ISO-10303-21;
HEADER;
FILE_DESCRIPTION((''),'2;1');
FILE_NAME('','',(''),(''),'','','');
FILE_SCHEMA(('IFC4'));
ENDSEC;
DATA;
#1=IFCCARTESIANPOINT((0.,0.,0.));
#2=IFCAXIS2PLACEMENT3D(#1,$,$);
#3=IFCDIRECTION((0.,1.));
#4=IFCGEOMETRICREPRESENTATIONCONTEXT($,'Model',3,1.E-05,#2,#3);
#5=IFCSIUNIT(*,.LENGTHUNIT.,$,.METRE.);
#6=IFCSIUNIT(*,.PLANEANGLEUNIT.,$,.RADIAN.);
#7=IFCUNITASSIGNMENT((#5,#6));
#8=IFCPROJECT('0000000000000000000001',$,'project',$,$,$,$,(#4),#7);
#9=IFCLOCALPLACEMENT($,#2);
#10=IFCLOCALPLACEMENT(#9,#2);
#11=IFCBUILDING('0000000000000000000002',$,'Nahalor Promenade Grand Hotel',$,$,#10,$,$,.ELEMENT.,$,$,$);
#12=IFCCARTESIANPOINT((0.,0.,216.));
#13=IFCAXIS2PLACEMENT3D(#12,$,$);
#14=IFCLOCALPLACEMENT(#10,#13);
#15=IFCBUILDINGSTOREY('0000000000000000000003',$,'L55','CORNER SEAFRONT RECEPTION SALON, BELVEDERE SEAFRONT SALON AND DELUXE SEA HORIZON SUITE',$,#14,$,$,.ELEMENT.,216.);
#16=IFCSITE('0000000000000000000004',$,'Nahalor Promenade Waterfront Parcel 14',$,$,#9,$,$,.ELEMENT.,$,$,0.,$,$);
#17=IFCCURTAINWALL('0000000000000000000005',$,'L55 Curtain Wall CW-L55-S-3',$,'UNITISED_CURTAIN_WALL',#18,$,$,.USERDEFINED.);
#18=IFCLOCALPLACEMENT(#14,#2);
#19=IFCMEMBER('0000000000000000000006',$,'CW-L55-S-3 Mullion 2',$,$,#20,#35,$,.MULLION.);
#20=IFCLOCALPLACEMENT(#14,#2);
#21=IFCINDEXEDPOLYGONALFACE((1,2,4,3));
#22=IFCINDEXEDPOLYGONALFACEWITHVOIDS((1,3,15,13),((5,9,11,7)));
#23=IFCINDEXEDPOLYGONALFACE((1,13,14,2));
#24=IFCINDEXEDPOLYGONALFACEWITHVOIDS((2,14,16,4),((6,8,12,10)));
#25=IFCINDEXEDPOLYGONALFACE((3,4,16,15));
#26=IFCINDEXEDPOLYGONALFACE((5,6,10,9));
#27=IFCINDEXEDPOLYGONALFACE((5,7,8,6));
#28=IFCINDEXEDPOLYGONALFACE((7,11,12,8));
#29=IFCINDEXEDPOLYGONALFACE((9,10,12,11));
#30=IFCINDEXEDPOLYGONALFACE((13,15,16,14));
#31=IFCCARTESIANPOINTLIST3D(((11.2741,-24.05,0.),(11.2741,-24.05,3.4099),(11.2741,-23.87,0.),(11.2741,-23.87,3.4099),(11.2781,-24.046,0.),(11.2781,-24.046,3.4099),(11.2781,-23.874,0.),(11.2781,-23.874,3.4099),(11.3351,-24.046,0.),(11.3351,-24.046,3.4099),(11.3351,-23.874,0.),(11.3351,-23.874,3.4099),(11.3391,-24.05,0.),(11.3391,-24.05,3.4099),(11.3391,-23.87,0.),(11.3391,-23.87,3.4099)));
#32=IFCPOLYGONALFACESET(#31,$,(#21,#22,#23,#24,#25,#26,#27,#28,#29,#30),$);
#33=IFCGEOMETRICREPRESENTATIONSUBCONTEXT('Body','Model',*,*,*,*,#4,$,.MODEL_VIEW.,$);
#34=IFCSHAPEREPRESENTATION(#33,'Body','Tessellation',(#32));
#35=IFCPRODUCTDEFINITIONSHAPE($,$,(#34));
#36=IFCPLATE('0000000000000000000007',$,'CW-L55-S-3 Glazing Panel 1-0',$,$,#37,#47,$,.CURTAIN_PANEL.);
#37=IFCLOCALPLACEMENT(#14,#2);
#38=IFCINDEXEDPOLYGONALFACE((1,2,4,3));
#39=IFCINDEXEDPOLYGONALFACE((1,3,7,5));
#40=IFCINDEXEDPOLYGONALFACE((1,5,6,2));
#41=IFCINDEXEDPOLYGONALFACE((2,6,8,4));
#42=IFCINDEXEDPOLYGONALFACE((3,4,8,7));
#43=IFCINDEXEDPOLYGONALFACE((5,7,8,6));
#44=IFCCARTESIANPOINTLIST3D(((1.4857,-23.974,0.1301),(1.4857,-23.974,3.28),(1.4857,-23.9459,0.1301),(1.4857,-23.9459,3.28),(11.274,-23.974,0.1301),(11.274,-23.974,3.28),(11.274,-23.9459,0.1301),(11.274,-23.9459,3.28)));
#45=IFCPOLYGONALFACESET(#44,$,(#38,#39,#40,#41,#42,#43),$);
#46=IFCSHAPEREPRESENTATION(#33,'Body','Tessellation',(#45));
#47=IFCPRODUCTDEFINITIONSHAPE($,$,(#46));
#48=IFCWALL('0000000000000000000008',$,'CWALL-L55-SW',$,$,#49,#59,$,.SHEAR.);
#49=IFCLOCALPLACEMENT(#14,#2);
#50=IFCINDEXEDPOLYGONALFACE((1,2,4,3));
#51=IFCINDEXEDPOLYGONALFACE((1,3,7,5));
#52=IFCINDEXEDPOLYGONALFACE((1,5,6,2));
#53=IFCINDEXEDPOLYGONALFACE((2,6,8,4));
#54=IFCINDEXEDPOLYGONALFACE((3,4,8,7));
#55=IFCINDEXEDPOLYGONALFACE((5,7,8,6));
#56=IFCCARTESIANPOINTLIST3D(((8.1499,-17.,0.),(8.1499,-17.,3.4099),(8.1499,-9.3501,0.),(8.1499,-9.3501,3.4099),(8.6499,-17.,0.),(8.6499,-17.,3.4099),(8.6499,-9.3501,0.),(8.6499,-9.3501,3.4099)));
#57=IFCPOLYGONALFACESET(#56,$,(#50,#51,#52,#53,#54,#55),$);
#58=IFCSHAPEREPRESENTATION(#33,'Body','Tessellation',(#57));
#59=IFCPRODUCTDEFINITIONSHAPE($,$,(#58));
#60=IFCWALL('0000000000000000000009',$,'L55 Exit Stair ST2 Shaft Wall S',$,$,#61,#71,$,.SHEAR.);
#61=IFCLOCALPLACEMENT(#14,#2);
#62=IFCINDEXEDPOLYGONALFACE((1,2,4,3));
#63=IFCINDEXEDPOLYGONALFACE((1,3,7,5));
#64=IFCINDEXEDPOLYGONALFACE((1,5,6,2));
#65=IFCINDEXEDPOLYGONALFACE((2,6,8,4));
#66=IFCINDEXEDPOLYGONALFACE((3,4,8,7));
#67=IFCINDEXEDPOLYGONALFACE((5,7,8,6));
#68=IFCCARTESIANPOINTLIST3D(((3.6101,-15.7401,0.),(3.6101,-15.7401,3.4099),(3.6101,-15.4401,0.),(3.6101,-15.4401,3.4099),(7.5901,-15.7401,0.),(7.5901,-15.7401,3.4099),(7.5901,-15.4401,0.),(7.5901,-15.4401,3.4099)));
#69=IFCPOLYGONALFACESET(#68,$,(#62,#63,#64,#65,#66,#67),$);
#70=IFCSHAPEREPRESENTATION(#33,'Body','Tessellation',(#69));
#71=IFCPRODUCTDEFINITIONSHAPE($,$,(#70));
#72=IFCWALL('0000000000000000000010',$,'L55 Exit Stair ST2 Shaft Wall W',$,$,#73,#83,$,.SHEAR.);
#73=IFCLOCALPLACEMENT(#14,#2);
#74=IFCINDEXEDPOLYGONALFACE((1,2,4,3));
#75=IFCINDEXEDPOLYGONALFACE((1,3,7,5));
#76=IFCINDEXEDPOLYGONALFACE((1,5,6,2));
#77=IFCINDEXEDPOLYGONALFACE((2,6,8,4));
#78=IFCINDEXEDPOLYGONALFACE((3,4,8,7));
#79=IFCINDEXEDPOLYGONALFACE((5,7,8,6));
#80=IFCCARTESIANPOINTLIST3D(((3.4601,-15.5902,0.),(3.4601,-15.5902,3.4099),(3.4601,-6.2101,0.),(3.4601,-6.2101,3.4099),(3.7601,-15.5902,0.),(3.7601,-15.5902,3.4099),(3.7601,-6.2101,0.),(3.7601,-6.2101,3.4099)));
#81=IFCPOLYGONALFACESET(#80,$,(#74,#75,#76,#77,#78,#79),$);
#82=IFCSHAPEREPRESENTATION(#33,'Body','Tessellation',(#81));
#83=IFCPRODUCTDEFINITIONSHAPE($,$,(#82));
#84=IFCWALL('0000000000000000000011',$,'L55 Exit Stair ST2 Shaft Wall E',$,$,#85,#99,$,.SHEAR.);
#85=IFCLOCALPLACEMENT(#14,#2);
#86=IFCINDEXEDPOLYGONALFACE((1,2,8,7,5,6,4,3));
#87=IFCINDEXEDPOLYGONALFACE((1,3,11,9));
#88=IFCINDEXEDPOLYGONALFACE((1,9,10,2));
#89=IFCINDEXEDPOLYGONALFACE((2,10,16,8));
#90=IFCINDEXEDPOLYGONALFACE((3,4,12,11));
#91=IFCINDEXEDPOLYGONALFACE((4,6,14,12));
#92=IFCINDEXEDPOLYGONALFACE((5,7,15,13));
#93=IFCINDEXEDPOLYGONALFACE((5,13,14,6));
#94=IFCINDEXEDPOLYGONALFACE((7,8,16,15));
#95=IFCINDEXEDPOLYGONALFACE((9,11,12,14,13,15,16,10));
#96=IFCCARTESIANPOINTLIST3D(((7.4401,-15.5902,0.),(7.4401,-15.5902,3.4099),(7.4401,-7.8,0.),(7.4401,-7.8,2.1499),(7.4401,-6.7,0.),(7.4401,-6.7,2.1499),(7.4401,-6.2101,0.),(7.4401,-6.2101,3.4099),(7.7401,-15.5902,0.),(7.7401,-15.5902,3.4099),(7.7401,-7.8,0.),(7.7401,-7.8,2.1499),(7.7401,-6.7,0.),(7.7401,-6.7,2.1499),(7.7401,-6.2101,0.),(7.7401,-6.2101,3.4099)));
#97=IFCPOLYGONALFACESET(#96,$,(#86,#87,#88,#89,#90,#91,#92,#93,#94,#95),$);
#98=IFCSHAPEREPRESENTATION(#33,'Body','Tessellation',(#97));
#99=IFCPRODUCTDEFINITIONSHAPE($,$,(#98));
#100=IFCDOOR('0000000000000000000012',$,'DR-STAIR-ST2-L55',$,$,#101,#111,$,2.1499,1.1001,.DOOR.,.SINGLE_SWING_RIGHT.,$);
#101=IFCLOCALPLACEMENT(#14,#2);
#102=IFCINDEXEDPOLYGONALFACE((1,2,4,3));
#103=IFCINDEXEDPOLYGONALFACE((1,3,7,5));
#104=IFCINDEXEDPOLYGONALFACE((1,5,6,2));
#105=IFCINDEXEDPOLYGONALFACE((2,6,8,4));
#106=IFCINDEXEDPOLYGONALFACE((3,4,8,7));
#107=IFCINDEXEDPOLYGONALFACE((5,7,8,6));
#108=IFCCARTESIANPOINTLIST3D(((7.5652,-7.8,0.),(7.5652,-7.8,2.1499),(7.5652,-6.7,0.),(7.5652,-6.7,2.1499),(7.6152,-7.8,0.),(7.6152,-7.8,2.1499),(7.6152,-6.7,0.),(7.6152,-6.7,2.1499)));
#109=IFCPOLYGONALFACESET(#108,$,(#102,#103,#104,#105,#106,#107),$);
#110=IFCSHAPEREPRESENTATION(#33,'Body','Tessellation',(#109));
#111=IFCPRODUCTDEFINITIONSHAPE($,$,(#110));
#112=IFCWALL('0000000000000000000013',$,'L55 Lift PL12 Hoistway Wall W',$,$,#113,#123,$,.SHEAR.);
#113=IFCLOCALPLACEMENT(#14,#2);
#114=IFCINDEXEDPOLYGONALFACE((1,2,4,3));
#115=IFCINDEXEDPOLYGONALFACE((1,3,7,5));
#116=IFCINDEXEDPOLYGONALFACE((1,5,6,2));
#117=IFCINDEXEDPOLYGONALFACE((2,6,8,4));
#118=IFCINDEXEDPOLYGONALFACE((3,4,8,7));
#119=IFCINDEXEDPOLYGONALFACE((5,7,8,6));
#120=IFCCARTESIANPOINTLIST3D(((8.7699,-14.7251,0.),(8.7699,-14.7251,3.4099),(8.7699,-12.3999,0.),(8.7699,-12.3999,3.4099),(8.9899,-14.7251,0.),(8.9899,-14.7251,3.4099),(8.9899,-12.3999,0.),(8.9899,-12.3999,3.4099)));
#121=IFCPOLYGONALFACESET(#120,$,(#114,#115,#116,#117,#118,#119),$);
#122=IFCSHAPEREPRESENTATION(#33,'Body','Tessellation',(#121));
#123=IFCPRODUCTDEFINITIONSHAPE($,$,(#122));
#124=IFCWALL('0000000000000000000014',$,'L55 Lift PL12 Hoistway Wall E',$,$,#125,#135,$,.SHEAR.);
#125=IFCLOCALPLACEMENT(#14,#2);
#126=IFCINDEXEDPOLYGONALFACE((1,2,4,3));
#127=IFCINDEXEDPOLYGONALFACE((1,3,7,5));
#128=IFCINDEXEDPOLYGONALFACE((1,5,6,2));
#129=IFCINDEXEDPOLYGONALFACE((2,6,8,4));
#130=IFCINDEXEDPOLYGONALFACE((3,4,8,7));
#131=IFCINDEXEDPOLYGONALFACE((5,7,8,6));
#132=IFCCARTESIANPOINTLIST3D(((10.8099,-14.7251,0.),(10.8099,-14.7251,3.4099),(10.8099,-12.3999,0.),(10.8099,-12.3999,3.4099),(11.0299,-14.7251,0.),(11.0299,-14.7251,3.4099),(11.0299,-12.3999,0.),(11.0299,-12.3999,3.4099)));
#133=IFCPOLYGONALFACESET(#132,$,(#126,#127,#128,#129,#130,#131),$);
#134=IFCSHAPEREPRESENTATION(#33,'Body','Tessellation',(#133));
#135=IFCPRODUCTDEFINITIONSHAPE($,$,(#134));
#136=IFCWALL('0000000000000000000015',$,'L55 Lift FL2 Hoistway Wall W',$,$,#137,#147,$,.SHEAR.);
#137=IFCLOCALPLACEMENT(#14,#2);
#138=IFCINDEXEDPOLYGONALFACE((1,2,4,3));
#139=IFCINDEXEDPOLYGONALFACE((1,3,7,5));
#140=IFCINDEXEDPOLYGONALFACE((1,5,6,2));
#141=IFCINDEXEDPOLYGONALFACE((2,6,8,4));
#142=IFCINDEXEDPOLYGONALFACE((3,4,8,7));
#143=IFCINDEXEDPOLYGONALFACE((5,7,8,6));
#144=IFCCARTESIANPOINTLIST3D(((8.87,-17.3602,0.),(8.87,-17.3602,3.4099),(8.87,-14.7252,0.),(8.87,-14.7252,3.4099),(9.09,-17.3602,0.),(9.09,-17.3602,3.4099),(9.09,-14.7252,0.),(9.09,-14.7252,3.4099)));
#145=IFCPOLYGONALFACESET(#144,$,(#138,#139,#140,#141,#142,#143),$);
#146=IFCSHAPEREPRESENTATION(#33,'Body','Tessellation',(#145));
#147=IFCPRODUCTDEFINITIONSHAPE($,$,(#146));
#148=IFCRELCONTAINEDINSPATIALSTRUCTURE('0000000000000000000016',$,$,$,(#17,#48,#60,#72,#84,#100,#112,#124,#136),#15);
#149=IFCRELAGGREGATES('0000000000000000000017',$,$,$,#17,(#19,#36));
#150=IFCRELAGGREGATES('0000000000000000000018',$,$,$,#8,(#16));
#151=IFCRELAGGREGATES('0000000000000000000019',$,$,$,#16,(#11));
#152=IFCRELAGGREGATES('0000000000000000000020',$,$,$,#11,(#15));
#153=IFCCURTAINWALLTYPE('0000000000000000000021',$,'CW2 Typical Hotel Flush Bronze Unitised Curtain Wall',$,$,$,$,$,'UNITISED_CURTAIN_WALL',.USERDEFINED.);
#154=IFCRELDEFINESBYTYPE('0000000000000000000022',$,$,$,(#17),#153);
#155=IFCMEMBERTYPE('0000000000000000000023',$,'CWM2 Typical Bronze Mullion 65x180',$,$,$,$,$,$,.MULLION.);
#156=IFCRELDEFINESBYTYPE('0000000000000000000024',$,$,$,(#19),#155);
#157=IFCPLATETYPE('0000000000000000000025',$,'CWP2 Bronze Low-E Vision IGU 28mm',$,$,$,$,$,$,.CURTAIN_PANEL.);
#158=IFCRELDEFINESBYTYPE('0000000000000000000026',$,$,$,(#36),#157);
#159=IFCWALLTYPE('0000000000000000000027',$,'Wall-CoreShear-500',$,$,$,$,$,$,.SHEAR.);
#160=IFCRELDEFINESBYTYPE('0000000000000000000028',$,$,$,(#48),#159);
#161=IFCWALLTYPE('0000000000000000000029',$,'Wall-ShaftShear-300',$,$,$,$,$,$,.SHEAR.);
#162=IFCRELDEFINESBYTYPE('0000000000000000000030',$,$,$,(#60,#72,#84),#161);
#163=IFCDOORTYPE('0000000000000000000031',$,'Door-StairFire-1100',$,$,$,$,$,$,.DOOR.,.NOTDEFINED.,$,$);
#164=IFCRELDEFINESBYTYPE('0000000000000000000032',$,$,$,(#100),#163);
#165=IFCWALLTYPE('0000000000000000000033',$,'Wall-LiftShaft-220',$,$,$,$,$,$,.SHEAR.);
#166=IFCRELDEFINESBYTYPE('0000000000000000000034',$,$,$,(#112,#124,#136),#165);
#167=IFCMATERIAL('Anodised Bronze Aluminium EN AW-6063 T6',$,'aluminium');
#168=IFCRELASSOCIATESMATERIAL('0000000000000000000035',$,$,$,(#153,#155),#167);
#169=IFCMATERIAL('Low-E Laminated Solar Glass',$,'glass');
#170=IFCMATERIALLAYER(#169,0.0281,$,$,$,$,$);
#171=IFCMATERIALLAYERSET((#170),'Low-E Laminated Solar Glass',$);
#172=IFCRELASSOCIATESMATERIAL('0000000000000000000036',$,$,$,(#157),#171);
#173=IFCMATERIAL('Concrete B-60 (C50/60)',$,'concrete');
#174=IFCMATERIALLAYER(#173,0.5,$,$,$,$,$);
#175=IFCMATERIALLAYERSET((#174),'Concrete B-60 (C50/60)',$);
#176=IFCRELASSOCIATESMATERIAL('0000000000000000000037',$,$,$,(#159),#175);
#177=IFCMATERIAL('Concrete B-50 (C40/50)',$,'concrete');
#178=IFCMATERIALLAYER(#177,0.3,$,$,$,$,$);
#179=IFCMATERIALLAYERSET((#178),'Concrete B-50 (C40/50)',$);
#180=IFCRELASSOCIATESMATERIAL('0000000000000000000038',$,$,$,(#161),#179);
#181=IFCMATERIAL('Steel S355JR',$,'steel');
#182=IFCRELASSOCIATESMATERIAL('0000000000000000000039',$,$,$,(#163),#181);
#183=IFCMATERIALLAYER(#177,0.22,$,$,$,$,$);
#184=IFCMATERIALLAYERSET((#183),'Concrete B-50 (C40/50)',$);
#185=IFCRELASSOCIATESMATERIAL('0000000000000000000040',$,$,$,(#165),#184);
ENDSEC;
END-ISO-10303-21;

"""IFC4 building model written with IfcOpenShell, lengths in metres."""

from ifc_helpers import new_model, si_unit, direction, frame, frame_2d, origin, origin_2d, place, context, subcontext, project, spatial, rectangle, hollow_rectangle, extrude, source, transform, mapped, material, layer, layer_set, material_profile, profile_set, type_object, element, fill, aggregate, save


model = new_model("IFC4")

# Units and contexts
model_context = context("Model", 3, precision=1e-05, world=origin(), true_north=direction((0.0, 1.0)))
body_context = subcontext(model_context, "Body", "Model", "MODEL_VIEW")
ifc_project = project(units=[si_unit("LENGTHUNIT", "METRE"), si_unit("PLANEANGLEUNIT", "RADIAN")], contexts=[model_context])

# Site, building, storey
site_placement = place(None, origin())
site = spatial("IfcSite", under=ifc_project, at=site_placement, Name="Nahalor Promenade Waterfront Parcel 14", CompositionType="ELEMENT", RefElevation=0.0)
building_placement = place(site_placement, origin())
building = spatial("IfcBuilding", under=site, at=building_placement, Name="Nahalor Promenade Grand Hotel", CompositionType="ELEMENT")
storey_placement = place(building_placement, frame((0.0, 0.0, 216.0)))
storey = spatial("IfcBuildingStorey", under=building, at=storey_placement, Name="L55", Description="CORNER SEAFRONT RECEPTION SALON, BELVEDERE SEAFRONT SALON AND DELUXE SEA HORIZON SUITE", CompositionType="ELEMENT", Elevation=216.0)

# Shared definitions
ifc_material_1 = material(Name="Concrete B-60 (C50/60)", Category="concrete")
ifc_material_2 = material(Name="Steel S355JR", Category="steel")

# Curtain wall, member, plate
ifc_material_3 = material(Name="Anodised Bronze Aluminium EN AW-6063 T6", Category="aluminium")
curtain_wall_type = type_object("IfcCurtainWallType", Name="CW2 Typical Hotel Flush Bronze Unitised Curtain Wall", ElementType="UNITISED_CURTAIN_WALL", PredefinedType="USERDEFINED", material=ifc_material_3)
curtain_wall_placement = place(storey_placement, origin())
curtain_wall = element("IfcCurtainWall", 1, at=curtain_wall_placement, inside=storey, type_object=curtain_wall_type, Name="L55 Curtain Wall CW-L55-S-3", ObjectType="UNITISED_CURTAIN_WALL", PredefinedType="USERDEFINED")
ifc_material_profile_1 = material_profile(ifc_material_3, hollow_rectangle(XDim=0.065, YDim=0.18, WallThickness=0.004, at=origin_2d()), Name="CWM 65x180x4")
ifc_profile_set_1 = profile_set([ifc_material_profile_1], Name="Anodised Bronze Aluminium EN AW-6063 T6")
member_type_1 = type_object("IfcMemberType", Name="CWM2 Typical Bronze Mullion 65x180", PredefinedType="MULLION", material=ifc_profile_set_1)
shared_shape_1 = source(origin(), body_context, "Body", "SweptSolid", [
    extrude(hollow_rectangle(XDim=0.065, YDim=0.18, WallThickness=0.004, at=origin_2d()), origin(), (0.0, 0.0, 1.0), 3.4099),
])
member_1_placement = place(storey_placement, frame((11.3066, -23.96, 0.0), z_axis=(0.0, 0.0, 1.0), x_axis=(1.0, 0.0, 0.0)))
member_1 = element("IfcMember", 2, at=member_1_placement, type_object=member_type_1, Name="CW-L55-S-3 Mullion 2", PredefinedType="MULLION", context=body_context, shape_type="MappedRepresentation", body=[
    mapped(shared_shape_1, transform((0.0, 0.0, 0.0), scale=1.0)),
])
ifc_material_4 = material(Name="Low-E Laminated Solar Glass", Category="glass")
ifc_layer_1 = layer(ifc_material_4, 0.0281)
ifc_layer_set_1 = layer_set([ifc_layer_1], Name="Low-E Laminated Solar Glass")
plate_type = type_object("IfcPlateType", Name="CWP2 Bronze Low-E Vision IGU 28mm", PredefinedType="CURTAIN_PANEL", material=ifc_layer_set_1)
shared_shape_2 = source(origin(), body_context, "Body", "SweptSolid", [
    extrude(rectangle(XDim=9.7883, YDim=0.0281, at=origin_2d()), origin(), (0.0, 0.0, 1.0), 3.1499),
])
plate_placement = place(storey_placement, frame((6.3799, -23.96, 0.1301), z_axis=(0.0, 0.0, 1.0), x_axis=(1.0, 0.0, 0.0)))
plate = element("IfcPlate", 3, at=plate_placement, type_object=plate_type, Name="CW-L55-S-3 Glazing Panel 1-0", PredefinedType="CURTAIN_PANEL", context=body_context, shape_type="MappedRepresentation", body=[
    mapped(shared_shape_2, transform((0.0, 0.0, 0.0), scale=1.0)),
])
aggregate(curtain_wall, [member_1, plate])

# Walls
ifc_layer_2 = layer(ifc_material_1, 0.5)
ifc_layer_set_2 = layer_set([ifc_layer_2], Name="Concrete B-60 (C50/60)")
wall_type_1 = type_object("IfcWallType", Name="Wall-CoreShear-500", PredefinedType="SHEAR", material=ifc_layer_set_2)
shared_shape_3 = source(origin(), body_context, "Body", "SweptSolid", [
    extrude(rectangle(XDim=7.6499, YDim=0.5, at=frame_2d((3.825, 0.0))), origin(), (0.0, 0.0, 1.0), 3.4099),
])
wall_1_placement = place(storey_placement, frame((8.3999, -17.0, 0.0), z_axis=(0.0, 0.0, 1.0), x_axis=(0.0, 1.0, 0.0)))
element("IfcWall", 4, at=wall_1_placement, inside=storey, type_object=wall_type_1, Name="CWALL-L55-SW", PredefinedType="SHEAR", context=body_context, shape_type="MappedRepresentation", body=[
    mapped(shared_shape_3, transform((0.0, 0.0, 0.0), scale=1.0)),
])
ifc_material_5 = material(Name="Concrete B-50 (C40/50)", Category="concrete")
ifc_layer_3 = layer(ifc_material_5, 0.3)
ifc_layer_set_3 = layer_set([ifc_layer_3], Name="Concrete B-50 (C40/50)")
wall_type_2 = type_object("IfcWallType", Name="Wall-ShaftShear-300", PredefinedType="SHEAR", material=ifc_layer_set_3)
shared_shape_4 = source(origin(), body_context, "Body", "SweptSolid", [
    extrude(rectangle(XDim=3.98, YDim=0.3, at=frame_2d((1.99, 0.0))), origin(), (0.0, 0.0, 1.0), 3.4099),
])
wall_2_placement = place(storey_placement, frame((3.6101, -15.5901, 0.0), z_axis=(0.0, 0.0, 1.0), x_axis=(1.0, 0.0, 0.0)))
element("IfcWall", 5, at=wall_2_placement, inside=storey, type_object=wall_type_2, Name="L55 Exit Stair ST2 Shaft Wall S", PredefinedType="SHEAR", context=body_context, shape_type="MappedRepresentation", body=[
    mapped(shared_shape_4, transform((0.0, 0.0, 0.0), scale=1.0)),
])
shared_shape_5 = source(origin(), body_context, "Body", "SweptSolid", [
    extrude(rectangle(XDim=9.3801, YDim=0.3, at=frame_2d((4.6899, 0.0))), origin(), (0.0, 0.0, 1.0), 3.4099),
])
wall_3_placement = place(storey_placement, frame((3.6101, -15.5901, 0.0), z_axis=(0.0, 0.0, 1.0), x_axis=(0.0, 1.0, 0.0)))
element("IfcWall", 6, at=wall_3_placement, inside=storey, type_object=wall_type_2, Name="L55 Exit Stair ST2 Shaft Wall W", PredefinedType="SHEAR", context=body_context, shape_type="MappedRepresentation", body=[
    mapped(shared_shape_5, transform((0.0, 0.0, 0.0), scale=1.0)),
])

# Wall, opening, door
wall_4_placement = place(storey_placement, frame((7.5901, -15.5901, 0.0), z_axis=(0.0, 0.0, 1.0), x_axis=(0.0, 1.0, 0.0)))
wall_4 = element("IfcWall", 7, at=wall_4_placement, inside=storey, type_object=wall_type_2, Name="L55 Exit Stair ST2 Shaft Wall E", PredefinedType="SHEAR", context=body_context, shape_type="MappedRepresentation", body=[
    mapped(shared_shape_5, transform((0.0, 0.0, 0.0), scale=1.0)),
])
opening_1_placement = place(wall_4_placement, frame((7.79, 0.0, 0.0)))
opening_1 = element("IfcOpeningElement", 8, at=opening_1_placement, cuts=wall_4, PredefinedType="OPENING", context=body_context, shape_type="SweptSolid", body=[
    extrude(rectangle(XDim=1.1001, YDim=2.1499, at=frame_2d((0.55, 1.075))), frame((0.0, 0.1599, 0.0), z_axis=(0.0, -1.0, 0.0), x_axis=(1.0, 0.0, 0.0)), (0.0, 0.0, 1.0), 0.3201),
])
door_type_1 = type_object("IfcDoorType", Name="Door-StairFire-1100", OperationType="NOTDEFINED", PredefinedType="DOOR", material=ifc_material_2)
shared_shape_6 = source(origin(), body_context, "Body", "SweptSolid", [
    extrude(rectangle(XDim=1.1001, YDim=2.1499, at=frame_2d((0.55, 1.075))), frame((0.0, 0.0249, 0.0), z_axis=(0.0, -1.0, 0.0), x_axis=(1.0, 0.0, 0.0)), (0.0, 0.0, 1.0), 0.05),
])
door_1_placement = place(opening_1_placement, origin())
door_1 = element("IfcDoor", 9, at=door_1_placement, inside=storey, type_object=door_type_1, Name="DR-STAIR-ST2-L55", OperationType="SINGLE_SWING_RIGHT", OverallHeight=2.1499, OverallWidth=1.1001, PredefinedType="DOOR", context=body_context, shape_type="MappedRepresentation", body=[
    mapped(shared_shape_6, transform((0.0, 0.0, 0.0), scale=1.0)),
])
fill(opening_1, door_1)

# Walls
ifc_layer_4 = layer(ifc_material_5, 0.22)
ifc_layer_set_4 = layer_set([ifc_layer_4], Name="Concrete B-50 (C40/50)")
wall_type_3 = type_object("IfcWallType", Name="Wall-LiftShaft-220", PredefinedType="SHEAR", material=ifc_layer_set_4)
shared_shape_7 = source(origin(), body_context, "Body", "SweptSolid", [
    extrude(rectangle(XDim=2.3252, YDim=0.22, at=frame_2d((1.1626, 0.0))), origin(), (0.0, 0.0, 1.0), 3.4099),
])
for number, where, z_axis, x_axis, name in (
    (10, (8.8799, -14.7251, 0.0), (0.0, 0.0, 1.0), (0.0, 1.0, 0.0), "L55 Lift PL12 Hoistway Wall W"),
    (11, (10.9199, -14.7251, 0.0), (0.0, 0.0, 1.0), (0.0, 1.0, 0.0), "L55 Lift PL12 Hoistway Wall E"),
):
    element("IfcWall", number, at=place(storey_placement, frame(where, z_axis=z_axis, x_axis=x_axis)), inside=storey, type_object=wall_type_3, Name=name, PredefinedType="SHEAR", context=body_context, shape_type="MappedRepresentation", body=[
        mapped(shared_shape_7, transform((0.0, 0.0, 0.0), scale=1.0)),
    ])
shared_shape_8 = source(origin(), body_context, "Body", "SweptSolid", [
    extrude(rectangle(XDim=2.635, YDim=0.22, at=frame_2d((1.3174, 0.0))), origin(), (0.0, 0.0, 1.0), 3.4099),
])
wall_5_placement = place(storey_placement, frame((8.98, -17.3601, 0.0), z_axis=(0.0, 0.0, 1.0), x_axis=(0.0, 1.0, 0.0)))
element("IfcWall", 12, at=wall_5_placement, inside=storey, type_object=wall_type_3, Name="L55 Lift FL2 Hoistway Wall W", PredefinedType="SHEAR", context=body_context, shape_type="MappedRepresentation", body=[
    mapped(shared_shape_8, transform((0.0, 0.0, 0.0), scale=1.0)),
])

save(model, "model.ifc")
